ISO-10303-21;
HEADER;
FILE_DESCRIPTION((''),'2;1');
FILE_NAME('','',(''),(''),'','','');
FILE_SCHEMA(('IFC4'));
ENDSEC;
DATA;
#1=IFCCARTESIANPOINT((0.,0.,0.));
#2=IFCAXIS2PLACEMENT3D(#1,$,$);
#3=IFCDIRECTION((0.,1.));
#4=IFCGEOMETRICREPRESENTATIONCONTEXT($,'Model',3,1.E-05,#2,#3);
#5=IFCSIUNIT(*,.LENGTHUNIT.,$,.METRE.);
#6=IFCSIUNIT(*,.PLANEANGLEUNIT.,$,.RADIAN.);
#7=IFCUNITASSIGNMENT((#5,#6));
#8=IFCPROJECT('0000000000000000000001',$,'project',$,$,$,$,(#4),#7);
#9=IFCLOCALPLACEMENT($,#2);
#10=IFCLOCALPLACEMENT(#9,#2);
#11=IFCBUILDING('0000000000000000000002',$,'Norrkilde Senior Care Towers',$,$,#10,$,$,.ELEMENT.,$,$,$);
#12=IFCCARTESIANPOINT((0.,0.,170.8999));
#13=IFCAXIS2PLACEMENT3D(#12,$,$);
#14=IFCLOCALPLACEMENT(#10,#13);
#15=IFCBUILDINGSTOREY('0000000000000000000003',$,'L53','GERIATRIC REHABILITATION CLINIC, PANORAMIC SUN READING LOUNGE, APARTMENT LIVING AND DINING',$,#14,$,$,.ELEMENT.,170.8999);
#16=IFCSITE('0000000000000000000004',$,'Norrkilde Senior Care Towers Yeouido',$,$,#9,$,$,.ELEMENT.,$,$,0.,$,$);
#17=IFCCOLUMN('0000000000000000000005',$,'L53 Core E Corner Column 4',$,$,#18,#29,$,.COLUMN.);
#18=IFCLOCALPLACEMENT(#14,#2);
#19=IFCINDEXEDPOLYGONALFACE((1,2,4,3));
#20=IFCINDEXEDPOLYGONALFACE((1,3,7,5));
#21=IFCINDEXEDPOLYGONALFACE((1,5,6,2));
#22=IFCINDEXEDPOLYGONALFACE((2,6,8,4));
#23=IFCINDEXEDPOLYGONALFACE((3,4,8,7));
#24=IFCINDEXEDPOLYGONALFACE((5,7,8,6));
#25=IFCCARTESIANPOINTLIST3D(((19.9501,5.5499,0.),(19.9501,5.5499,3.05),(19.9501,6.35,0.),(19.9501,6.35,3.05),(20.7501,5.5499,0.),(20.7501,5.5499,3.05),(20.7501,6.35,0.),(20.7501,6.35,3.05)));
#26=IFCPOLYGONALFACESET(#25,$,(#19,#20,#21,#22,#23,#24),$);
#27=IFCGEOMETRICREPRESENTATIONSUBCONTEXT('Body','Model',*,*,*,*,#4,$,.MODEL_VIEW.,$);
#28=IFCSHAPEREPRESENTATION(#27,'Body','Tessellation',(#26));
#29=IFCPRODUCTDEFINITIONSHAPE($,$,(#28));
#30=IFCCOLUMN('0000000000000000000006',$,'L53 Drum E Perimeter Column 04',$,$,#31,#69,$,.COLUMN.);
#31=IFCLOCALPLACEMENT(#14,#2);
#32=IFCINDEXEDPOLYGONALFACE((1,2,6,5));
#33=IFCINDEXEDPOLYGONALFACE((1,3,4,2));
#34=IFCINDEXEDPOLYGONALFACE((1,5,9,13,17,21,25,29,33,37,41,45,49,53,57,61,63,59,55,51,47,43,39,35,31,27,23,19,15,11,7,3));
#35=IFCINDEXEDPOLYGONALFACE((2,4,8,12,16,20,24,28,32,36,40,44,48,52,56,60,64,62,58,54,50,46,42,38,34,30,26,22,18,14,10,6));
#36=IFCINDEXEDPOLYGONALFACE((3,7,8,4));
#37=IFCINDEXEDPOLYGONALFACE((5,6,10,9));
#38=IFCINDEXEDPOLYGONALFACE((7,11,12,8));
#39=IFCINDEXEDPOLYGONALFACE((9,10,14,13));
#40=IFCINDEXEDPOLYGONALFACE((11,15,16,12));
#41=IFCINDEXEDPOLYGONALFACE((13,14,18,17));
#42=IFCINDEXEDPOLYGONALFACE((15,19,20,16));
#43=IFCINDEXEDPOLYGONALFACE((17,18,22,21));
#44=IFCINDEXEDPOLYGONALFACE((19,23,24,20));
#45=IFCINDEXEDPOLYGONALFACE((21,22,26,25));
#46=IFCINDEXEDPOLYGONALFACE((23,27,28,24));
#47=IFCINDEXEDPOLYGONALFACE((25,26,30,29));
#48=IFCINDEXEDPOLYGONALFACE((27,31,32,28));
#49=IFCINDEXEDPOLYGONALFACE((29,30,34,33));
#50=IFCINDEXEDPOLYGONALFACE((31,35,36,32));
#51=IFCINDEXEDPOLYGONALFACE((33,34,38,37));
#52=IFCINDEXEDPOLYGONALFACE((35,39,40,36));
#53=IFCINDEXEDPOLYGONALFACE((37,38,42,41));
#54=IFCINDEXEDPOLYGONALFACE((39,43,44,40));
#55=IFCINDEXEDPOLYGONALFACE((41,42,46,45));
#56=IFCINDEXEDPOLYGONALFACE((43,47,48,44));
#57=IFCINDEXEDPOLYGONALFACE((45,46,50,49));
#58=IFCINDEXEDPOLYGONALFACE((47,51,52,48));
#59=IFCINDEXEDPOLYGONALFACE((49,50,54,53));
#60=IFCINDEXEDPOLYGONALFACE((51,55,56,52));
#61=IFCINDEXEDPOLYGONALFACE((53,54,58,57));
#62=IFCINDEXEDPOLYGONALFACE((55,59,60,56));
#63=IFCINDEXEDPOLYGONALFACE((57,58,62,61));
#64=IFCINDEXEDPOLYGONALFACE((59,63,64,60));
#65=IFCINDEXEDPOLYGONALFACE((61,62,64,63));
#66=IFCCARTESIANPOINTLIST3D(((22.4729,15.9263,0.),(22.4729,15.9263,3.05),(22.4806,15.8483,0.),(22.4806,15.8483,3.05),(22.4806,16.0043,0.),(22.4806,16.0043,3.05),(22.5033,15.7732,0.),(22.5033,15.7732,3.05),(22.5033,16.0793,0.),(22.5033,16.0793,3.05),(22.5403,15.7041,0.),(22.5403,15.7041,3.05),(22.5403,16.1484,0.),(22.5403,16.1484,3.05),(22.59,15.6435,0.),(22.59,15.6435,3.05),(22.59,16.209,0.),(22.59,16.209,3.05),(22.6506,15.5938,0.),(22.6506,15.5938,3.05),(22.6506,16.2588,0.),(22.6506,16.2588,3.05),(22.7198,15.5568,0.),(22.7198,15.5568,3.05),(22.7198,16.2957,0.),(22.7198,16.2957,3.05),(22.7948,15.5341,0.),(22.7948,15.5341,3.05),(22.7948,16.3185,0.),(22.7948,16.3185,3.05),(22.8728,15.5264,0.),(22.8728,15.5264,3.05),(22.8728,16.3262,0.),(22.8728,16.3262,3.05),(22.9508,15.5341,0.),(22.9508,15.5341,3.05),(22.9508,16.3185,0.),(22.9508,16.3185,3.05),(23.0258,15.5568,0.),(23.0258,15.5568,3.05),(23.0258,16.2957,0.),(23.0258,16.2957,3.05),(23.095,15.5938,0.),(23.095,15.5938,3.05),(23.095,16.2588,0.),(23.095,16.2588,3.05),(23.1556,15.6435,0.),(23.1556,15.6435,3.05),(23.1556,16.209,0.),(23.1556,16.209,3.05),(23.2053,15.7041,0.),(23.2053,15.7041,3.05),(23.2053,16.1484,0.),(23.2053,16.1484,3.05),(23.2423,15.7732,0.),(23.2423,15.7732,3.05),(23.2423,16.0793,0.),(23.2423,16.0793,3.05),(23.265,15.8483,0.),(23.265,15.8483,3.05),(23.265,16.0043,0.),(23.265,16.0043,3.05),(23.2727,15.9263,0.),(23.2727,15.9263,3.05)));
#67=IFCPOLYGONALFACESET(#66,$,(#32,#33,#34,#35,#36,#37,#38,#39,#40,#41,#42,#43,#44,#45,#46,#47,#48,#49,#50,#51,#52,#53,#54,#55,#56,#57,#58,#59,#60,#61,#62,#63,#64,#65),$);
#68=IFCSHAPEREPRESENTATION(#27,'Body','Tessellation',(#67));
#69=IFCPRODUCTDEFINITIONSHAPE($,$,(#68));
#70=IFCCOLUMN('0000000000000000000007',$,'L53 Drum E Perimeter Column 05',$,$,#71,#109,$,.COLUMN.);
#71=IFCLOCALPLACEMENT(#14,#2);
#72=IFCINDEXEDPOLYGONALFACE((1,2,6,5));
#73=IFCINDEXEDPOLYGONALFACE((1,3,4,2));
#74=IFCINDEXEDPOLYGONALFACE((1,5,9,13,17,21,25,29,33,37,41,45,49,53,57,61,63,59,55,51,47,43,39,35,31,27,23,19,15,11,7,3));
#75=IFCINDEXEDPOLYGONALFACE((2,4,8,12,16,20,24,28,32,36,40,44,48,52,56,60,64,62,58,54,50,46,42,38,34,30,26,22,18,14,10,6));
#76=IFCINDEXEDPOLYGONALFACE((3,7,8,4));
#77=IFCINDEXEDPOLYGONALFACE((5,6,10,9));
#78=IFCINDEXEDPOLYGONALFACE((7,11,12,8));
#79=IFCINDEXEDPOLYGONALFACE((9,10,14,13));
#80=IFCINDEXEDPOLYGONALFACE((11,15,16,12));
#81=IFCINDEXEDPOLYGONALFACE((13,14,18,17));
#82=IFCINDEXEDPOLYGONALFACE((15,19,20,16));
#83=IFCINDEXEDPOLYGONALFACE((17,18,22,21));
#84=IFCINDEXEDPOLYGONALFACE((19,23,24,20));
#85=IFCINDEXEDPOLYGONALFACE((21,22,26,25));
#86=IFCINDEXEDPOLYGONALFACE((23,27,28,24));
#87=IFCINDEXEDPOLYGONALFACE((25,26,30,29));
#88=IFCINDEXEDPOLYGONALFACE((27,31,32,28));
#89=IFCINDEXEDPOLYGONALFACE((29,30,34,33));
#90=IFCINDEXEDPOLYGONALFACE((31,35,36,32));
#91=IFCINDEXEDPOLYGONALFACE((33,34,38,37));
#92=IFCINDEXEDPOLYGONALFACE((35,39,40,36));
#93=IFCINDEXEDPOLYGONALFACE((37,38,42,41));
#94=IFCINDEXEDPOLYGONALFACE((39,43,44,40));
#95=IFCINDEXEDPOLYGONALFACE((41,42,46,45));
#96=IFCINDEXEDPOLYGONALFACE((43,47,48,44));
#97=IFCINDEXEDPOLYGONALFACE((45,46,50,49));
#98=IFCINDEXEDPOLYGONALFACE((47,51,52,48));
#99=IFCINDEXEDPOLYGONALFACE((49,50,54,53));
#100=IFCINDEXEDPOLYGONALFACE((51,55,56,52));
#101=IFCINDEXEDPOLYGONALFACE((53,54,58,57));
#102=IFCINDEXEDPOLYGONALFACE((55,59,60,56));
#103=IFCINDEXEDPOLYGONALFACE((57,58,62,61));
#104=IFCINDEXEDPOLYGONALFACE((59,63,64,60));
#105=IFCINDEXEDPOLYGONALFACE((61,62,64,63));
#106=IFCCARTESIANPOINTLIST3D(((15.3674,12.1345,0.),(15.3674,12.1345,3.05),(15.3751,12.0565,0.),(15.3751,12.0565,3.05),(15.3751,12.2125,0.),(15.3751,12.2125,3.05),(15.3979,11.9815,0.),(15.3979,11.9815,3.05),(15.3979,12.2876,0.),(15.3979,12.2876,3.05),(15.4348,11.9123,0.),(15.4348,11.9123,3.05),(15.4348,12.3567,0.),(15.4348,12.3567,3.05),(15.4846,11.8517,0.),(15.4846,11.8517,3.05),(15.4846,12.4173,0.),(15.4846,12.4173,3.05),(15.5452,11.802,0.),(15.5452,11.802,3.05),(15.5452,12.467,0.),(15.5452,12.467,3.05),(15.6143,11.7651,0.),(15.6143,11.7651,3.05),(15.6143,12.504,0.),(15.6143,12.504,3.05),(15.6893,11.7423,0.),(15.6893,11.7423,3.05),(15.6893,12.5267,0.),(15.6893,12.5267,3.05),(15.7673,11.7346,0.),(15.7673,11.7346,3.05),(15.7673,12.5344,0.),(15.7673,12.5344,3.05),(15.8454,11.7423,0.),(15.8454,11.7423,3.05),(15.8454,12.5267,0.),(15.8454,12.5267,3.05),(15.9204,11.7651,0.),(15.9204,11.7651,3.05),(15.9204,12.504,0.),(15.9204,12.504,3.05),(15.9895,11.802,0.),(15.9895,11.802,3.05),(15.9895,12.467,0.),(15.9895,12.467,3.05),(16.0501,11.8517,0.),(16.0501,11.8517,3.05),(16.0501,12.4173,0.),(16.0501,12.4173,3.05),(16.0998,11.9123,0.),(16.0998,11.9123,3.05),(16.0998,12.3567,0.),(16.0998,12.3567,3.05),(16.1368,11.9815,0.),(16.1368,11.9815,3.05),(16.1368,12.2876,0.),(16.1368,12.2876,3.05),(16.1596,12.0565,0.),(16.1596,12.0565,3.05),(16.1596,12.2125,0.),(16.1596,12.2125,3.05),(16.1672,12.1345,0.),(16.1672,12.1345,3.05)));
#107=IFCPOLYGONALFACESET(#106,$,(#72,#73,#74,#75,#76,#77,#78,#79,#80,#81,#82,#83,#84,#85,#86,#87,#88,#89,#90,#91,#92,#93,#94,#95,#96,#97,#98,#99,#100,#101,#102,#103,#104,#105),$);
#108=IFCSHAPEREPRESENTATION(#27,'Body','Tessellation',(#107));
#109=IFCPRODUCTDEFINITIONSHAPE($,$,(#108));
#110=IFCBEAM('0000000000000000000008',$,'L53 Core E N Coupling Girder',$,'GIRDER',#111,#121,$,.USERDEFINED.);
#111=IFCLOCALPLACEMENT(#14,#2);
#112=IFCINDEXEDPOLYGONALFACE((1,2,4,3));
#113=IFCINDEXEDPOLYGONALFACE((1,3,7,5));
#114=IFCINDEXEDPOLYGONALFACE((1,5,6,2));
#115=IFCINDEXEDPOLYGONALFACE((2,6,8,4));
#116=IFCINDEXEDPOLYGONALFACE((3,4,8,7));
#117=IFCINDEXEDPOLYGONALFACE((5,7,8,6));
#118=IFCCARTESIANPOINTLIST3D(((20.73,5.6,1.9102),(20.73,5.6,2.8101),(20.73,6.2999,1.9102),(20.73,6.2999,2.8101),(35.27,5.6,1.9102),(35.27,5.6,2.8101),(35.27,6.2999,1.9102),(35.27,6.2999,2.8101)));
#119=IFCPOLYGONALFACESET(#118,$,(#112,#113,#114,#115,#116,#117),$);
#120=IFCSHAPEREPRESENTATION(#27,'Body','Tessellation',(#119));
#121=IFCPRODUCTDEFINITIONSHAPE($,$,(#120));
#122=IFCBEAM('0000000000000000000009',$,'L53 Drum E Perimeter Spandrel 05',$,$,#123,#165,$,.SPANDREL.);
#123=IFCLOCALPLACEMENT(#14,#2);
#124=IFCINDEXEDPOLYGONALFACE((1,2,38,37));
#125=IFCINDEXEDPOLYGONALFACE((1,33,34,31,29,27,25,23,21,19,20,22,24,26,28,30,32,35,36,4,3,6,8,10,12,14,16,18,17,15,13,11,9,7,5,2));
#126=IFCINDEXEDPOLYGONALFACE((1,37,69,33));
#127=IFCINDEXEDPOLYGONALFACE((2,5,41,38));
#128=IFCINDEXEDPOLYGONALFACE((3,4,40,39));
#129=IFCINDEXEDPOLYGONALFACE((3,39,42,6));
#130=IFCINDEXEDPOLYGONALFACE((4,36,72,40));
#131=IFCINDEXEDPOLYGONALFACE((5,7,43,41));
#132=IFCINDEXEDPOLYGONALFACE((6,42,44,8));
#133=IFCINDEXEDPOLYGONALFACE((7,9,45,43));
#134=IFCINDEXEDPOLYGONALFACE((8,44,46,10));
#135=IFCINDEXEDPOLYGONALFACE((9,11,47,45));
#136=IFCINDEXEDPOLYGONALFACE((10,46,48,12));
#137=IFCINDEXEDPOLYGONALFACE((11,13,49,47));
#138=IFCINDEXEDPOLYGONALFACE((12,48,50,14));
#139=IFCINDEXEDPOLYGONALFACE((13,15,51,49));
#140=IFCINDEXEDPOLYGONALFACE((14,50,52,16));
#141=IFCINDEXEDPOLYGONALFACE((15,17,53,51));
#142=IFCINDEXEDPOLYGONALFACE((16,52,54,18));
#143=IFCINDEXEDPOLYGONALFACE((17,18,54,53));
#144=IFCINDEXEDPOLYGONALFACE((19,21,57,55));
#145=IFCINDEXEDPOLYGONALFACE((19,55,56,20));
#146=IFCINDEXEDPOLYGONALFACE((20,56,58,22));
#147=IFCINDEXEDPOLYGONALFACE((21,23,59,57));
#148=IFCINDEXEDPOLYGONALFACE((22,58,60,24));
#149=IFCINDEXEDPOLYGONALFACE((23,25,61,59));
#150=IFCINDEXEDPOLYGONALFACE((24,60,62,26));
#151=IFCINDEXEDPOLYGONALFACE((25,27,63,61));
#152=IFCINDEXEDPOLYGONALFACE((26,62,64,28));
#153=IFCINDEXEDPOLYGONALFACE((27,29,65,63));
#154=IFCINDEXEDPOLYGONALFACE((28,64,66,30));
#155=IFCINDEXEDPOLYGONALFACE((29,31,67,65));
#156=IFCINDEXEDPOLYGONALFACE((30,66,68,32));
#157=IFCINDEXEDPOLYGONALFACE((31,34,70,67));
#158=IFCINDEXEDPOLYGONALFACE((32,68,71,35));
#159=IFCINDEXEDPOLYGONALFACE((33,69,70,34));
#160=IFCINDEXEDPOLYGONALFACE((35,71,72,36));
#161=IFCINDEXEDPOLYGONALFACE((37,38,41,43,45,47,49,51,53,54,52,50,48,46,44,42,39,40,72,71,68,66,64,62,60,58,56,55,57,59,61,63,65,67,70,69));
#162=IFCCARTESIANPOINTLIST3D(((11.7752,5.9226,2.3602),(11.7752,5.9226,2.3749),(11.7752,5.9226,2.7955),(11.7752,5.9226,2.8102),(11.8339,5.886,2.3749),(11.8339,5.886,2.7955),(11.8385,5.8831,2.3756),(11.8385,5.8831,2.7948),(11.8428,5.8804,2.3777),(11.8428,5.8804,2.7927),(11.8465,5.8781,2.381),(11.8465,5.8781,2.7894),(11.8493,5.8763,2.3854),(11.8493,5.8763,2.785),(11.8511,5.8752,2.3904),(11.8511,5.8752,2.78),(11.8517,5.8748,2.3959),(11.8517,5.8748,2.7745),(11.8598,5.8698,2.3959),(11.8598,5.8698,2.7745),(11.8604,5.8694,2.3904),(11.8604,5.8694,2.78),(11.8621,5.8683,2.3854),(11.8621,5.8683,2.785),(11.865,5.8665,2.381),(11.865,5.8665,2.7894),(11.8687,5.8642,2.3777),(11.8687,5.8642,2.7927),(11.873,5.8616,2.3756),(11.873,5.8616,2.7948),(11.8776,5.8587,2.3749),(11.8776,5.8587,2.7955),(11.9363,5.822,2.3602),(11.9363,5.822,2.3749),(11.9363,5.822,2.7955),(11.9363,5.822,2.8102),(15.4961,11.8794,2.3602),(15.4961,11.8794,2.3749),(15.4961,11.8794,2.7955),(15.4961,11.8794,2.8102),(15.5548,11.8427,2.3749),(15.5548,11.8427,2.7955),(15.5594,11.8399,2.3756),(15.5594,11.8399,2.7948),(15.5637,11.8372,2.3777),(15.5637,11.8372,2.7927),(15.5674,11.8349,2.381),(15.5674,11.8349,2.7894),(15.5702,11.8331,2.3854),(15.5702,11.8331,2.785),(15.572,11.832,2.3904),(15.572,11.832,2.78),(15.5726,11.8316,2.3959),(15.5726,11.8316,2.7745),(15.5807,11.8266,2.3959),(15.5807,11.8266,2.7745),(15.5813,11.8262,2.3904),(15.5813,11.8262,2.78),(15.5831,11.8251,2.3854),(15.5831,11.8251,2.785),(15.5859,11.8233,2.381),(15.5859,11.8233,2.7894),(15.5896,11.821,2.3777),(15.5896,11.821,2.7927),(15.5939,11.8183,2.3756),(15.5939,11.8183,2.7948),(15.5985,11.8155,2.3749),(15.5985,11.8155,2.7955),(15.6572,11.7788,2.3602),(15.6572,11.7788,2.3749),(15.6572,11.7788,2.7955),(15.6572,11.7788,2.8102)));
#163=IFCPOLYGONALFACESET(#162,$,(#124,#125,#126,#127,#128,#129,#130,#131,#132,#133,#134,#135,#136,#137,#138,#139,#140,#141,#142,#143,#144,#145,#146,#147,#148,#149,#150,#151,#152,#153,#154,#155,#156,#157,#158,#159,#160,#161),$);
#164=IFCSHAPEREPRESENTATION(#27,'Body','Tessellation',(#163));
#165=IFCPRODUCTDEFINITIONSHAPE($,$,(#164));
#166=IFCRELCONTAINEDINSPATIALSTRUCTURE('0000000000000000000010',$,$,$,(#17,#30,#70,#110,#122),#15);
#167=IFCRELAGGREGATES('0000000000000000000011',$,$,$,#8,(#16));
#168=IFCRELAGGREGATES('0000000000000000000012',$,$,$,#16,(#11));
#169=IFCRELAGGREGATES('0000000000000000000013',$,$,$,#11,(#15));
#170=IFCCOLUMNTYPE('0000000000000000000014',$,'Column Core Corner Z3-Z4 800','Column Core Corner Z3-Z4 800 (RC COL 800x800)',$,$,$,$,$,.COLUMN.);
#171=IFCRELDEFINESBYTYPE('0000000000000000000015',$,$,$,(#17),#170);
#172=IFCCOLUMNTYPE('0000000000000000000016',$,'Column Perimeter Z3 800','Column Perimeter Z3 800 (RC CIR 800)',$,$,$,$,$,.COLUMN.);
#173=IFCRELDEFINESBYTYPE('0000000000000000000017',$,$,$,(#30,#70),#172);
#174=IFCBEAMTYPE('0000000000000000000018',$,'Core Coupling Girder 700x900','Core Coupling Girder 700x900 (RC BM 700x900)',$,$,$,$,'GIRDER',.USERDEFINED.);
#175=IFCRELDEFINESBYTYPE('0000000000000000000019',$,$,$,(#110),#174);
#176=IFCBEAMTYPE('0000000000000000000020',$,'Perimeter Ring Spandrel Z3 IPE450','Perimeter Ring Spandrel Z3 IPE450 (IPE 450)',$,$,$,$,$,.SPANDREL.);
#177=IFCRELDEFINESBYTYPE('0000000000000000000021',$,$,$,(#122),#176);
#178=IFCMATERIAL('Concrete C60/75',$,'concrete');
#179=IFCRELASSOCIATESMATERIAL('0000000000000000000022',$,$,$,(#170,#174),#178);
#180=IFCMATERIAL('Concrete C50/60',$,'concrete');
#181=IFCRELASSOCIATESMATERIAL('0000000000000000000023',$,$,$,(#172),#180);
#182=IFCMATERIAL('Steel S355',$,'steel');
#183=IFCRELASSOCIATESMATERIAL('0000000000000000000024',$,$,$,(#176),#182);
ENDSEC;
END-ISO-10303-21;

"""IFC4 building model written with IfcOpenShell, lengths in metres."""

from ifc_helpers import new_model, si_unit, direction, frame, origin, origin_2d, place, context, subcontext, project, spatial, rectangle, circle, i_section, extrude, source, transform, mapped, material, material_profile, profile_set, type_object, type_shapes, element, save


model = new_model("IFC4")

# Units and contexts
model_context = context("Model", 3, precision=1e-05, world=origin(), true_north=direction((0.0, 1.0)))
body_context = subcontext(model_context, "Body", "Model", "MODEL_VIEW")
ifc_project = project(units=[si_unit("LENGTHUNIT", "METRE"), si_unit("PLANEANGLEUNIT", "RADIAN")], contexts=[model_context])

# Site, building, storey
site_placement = place(None, origin())
site = spatial("IfcSite", under=ifc_project, at=site_placement, Name="Norrkilde Senior Care Towers Yeouido", CompositionType="ELEMENT", RefElevation=0.0)
building_placement = place(site_placement, origin())
building = spatial("IfcBuilding", under=site, at=building_placement, Name="Norrkilde Senior Care Towers", CompositionType="ELEMENT")
storey_placement = place(building_placement, frame((0.0, 0.0, 170.8999)))
storey = spatial("IfcBuildingStorey", under=building, at=storey_placement, Name="L53", Description="GERIATRIC REHABILITATION CLINIC, PANORAMIC SUN READING LOUNGE, APARTMENT LIVING AND DINING", CompositionType="ELEMENT", Elevation=170.8999)

# Columns
ifc_material_1 = material(Name="Concrete C60/75", Category="concrete")
ifc_material_profile_1 = material_profile(ifc_material_1, rectangle(XDim=0.8, YDim=0.8, at=origin_2d()), Name="RC COL 800x800")
ifc_profile_set_1 = profile_set([ifc_material_profile_1], Name="Concrete C60/75")
column_type_1 = type_object("IfcColumnType", Name="Column Core Corner Z3-Z4 800", Description="Column Core Corner Z3-Z4 800 (RC COL 800x800)", PredefinedType="COLUMN", material=ifc_profile_set_1)
shared_shape_1 = source(origin(), body_context, "Body", "SweptSolid", [
    extrude(rectangle(XDim=0.8, YDim=0.8, at=origin_2d()), origin(), (0.0, 0.0, 1.0), 3.05),
])
type_shapes(column_type_1, [shared_shape_1])
column_placement = place(storey_placement, frame((20.3501, 5.95, 0.0), z_axis=(0.0, 0.0, 1.0), x_axis=(1.0, 0.0, 0.0)))
element("IfcColumn", 1, at=column_placement, inside=storey, type_object=column_type_1, Name="L53 Core E Corner Column 4", PredefinedType="COLUMN", context=body_context, shape_type="MappedRepresentation", body=[
    mapped(shared_shape_1, transform((0.0, 0.0, 0.0), x_axis=(1.0, 0.0, 0.0), y_axis=(0.0, 1.0, 0.0), z_axis=(0.0, 0.0, 1.0), scale=1.0)),
])
ifc_material_2 = material(Name="Concrete C50/60", Category="concrete")
ifc_material_profile_2 = material_profile(ifc_material_2, circle(Radius=0.3999, at=origin_2d()), Name="RC CIR 800")
ifc_profile_set_2 = profile_set([ifc_material_profile_2], Name="Concrete C50/60")
column_type_2 = type_object("IfcColumnType", Name="Column Perimeter Z3 800", Description="Column Perimeter Z3 800 (RC CIR 800)", PredefinedType="COLUMN", material=ifc_profile_set_2)
shared_shape_2 = source(origin(), body_context, "Body", "SweptSolid", [
    extrude(circle(Radius=0.3999, at=origin_2d()), origin(), (0.0, 0.0, 1.0), 3.05),
])
type_shapes(column_type_2, [shared_shape_2])
for number, where, z_axis, x_axis, name in (
    (2, (22.8728, 15.9263, 0.0), (0.0, 0.0, 1.0), (1.0, 0.0, 0.0), "L53 Drum E Perimeter Column 04"),
    (3, (15.7673, 12.1345, 0.0), (0.0, 0.0, 1.0), (1.0, 0.0, 0.0), "L53 Drum E Perimeter Column 05"),
):
    element("IfcColumn", number, at=place(storey_placement, frame(where, z_axis=z_axis, x_axis=x_axis)), inside=storey, type_object=column_type_2, Name=name, PredefinedType="COLUMN", context=body_context, shape_type="MappedRepresentation", body=[
        mapped(shared_shape_2, transform((0.0, 0.0, 0.0), x_axis=(1.0, 0.0, 0.0), y_axis=(0.0, 1.0, 0.0), z_axis=(0.0, 0.0, 1.0), scale=1.0)),
    ])

# Beams
ifc_material_profile_3 = material_profile(ifc_material_1, rectangle(XDim=0.7, YDim=0.8999, at=origin_2d()), Name="RC BM 700x900")
ifc_profile_set_3 = profile_set([ifc_material_profile_3], Name="Concrete C60/75")
beam_type_1 = type_object("IfcBeamType", Name="Core Coupling Girder 700x900", Description="Core Coupling Girder 700x900 (RC BM 700x900)", ElementType="GIRDER", PredefinedType="USERDEFINED", material=ifc_profile_set_3)
shared_shape_3 = source(origin(), body_context, "Body", "SweptSolid", [
    extrude(rectangle(XDim=0.7, YDim=0.8999, at=origin_2d()), origin(), (0.0, 0.0, 1.0), 14.54),
])
type_shapes(beam_type_1, [shared_shape_3])
beam_1_placement = place(storey_placement, frame((20.73, 5.95, 2.3601), z_axis=(1.0, 0.0, 0.0), x_axis=(0.0, 1.0, 0.0)))
element("IfcBeam", 4, at=beam_1_placement, inside=storey, type_object=beam_type_1, Name="L53 Core E N Coupling Girder", ObjectType="GIRDER", PredefinedType="USERDEFINED", context=body_context, shape_type="MappedRepresentation", body=[
    mapped(shared_shape_3, transform((0.0, 0.0, 0.0), x_axis=(1.0, 0.0, 0.0), y_axis=(0.0, 1.0, 0.0), z_axis=(0.0, 0.0, 1.0), scale=1.0)),
])
ifc_material_3 = material(Name="Steel S355", Category="steel")
ifc_material_profile_4 = material_profile(ifc_material_3, i_section(OverallWidth=0.1899, OverallDepth=0.45, WebThickness=0.0095, FlangeThickness=0.0146, FilletRadius=0.021, at=origin_2d()), Name="IPE 450")
ifc_profile_set_4 = profile_set([ifc_material_profile_4], Name="Steel S355")
beam_type_2 = type_object("IfcBeamType", Name="Perimeter Ring Spandrel Z3 IPE450", Description="Perimeter Ring Spandrel Z3 IPE450 (IPE 450)", PredefinedType="SPANDREL", material=ifc_profile_set_4)
shared_shape_4 = source(origin(), body_context, "Body", "SweptSolid", [
    extrude(i_section(OverallWidth=0.1899, OverallDepth=0.45, WebThickness=0.0095, FlangeThickness=0.0146, FilletRadius=0.021, at=origin_2d()), origin(), (0.0, 0.0, 1.0), 7.0234),
])
beam_2_placement = place(storey_placement, frame((15.5767, 11.8291, 2.5852), z_axis=(-0.52979, -0.848129, 0.0), x_axis=(0.848129, -0.52979, 0.0)))
element("IfcBeam", 5, at=beam_2_placement, inside=storey, type_object=beam_type_2, Name="L53 Drum E Perimeter Spandrel 05", PredefinedType="SPANDREL", context=body_context, shape_type="MappedRepresentation", body=[
    mapped(shared_shape_4, transform((0.0, 0.0, 0.0), x_axis=(1.0, 0.0, 0.0), y_axis=(0.0, 1.0, 0.0), z_axis=(0.0, 0.0, 1.0), scale=1.0)),
])

save(model, "model.ifc")
